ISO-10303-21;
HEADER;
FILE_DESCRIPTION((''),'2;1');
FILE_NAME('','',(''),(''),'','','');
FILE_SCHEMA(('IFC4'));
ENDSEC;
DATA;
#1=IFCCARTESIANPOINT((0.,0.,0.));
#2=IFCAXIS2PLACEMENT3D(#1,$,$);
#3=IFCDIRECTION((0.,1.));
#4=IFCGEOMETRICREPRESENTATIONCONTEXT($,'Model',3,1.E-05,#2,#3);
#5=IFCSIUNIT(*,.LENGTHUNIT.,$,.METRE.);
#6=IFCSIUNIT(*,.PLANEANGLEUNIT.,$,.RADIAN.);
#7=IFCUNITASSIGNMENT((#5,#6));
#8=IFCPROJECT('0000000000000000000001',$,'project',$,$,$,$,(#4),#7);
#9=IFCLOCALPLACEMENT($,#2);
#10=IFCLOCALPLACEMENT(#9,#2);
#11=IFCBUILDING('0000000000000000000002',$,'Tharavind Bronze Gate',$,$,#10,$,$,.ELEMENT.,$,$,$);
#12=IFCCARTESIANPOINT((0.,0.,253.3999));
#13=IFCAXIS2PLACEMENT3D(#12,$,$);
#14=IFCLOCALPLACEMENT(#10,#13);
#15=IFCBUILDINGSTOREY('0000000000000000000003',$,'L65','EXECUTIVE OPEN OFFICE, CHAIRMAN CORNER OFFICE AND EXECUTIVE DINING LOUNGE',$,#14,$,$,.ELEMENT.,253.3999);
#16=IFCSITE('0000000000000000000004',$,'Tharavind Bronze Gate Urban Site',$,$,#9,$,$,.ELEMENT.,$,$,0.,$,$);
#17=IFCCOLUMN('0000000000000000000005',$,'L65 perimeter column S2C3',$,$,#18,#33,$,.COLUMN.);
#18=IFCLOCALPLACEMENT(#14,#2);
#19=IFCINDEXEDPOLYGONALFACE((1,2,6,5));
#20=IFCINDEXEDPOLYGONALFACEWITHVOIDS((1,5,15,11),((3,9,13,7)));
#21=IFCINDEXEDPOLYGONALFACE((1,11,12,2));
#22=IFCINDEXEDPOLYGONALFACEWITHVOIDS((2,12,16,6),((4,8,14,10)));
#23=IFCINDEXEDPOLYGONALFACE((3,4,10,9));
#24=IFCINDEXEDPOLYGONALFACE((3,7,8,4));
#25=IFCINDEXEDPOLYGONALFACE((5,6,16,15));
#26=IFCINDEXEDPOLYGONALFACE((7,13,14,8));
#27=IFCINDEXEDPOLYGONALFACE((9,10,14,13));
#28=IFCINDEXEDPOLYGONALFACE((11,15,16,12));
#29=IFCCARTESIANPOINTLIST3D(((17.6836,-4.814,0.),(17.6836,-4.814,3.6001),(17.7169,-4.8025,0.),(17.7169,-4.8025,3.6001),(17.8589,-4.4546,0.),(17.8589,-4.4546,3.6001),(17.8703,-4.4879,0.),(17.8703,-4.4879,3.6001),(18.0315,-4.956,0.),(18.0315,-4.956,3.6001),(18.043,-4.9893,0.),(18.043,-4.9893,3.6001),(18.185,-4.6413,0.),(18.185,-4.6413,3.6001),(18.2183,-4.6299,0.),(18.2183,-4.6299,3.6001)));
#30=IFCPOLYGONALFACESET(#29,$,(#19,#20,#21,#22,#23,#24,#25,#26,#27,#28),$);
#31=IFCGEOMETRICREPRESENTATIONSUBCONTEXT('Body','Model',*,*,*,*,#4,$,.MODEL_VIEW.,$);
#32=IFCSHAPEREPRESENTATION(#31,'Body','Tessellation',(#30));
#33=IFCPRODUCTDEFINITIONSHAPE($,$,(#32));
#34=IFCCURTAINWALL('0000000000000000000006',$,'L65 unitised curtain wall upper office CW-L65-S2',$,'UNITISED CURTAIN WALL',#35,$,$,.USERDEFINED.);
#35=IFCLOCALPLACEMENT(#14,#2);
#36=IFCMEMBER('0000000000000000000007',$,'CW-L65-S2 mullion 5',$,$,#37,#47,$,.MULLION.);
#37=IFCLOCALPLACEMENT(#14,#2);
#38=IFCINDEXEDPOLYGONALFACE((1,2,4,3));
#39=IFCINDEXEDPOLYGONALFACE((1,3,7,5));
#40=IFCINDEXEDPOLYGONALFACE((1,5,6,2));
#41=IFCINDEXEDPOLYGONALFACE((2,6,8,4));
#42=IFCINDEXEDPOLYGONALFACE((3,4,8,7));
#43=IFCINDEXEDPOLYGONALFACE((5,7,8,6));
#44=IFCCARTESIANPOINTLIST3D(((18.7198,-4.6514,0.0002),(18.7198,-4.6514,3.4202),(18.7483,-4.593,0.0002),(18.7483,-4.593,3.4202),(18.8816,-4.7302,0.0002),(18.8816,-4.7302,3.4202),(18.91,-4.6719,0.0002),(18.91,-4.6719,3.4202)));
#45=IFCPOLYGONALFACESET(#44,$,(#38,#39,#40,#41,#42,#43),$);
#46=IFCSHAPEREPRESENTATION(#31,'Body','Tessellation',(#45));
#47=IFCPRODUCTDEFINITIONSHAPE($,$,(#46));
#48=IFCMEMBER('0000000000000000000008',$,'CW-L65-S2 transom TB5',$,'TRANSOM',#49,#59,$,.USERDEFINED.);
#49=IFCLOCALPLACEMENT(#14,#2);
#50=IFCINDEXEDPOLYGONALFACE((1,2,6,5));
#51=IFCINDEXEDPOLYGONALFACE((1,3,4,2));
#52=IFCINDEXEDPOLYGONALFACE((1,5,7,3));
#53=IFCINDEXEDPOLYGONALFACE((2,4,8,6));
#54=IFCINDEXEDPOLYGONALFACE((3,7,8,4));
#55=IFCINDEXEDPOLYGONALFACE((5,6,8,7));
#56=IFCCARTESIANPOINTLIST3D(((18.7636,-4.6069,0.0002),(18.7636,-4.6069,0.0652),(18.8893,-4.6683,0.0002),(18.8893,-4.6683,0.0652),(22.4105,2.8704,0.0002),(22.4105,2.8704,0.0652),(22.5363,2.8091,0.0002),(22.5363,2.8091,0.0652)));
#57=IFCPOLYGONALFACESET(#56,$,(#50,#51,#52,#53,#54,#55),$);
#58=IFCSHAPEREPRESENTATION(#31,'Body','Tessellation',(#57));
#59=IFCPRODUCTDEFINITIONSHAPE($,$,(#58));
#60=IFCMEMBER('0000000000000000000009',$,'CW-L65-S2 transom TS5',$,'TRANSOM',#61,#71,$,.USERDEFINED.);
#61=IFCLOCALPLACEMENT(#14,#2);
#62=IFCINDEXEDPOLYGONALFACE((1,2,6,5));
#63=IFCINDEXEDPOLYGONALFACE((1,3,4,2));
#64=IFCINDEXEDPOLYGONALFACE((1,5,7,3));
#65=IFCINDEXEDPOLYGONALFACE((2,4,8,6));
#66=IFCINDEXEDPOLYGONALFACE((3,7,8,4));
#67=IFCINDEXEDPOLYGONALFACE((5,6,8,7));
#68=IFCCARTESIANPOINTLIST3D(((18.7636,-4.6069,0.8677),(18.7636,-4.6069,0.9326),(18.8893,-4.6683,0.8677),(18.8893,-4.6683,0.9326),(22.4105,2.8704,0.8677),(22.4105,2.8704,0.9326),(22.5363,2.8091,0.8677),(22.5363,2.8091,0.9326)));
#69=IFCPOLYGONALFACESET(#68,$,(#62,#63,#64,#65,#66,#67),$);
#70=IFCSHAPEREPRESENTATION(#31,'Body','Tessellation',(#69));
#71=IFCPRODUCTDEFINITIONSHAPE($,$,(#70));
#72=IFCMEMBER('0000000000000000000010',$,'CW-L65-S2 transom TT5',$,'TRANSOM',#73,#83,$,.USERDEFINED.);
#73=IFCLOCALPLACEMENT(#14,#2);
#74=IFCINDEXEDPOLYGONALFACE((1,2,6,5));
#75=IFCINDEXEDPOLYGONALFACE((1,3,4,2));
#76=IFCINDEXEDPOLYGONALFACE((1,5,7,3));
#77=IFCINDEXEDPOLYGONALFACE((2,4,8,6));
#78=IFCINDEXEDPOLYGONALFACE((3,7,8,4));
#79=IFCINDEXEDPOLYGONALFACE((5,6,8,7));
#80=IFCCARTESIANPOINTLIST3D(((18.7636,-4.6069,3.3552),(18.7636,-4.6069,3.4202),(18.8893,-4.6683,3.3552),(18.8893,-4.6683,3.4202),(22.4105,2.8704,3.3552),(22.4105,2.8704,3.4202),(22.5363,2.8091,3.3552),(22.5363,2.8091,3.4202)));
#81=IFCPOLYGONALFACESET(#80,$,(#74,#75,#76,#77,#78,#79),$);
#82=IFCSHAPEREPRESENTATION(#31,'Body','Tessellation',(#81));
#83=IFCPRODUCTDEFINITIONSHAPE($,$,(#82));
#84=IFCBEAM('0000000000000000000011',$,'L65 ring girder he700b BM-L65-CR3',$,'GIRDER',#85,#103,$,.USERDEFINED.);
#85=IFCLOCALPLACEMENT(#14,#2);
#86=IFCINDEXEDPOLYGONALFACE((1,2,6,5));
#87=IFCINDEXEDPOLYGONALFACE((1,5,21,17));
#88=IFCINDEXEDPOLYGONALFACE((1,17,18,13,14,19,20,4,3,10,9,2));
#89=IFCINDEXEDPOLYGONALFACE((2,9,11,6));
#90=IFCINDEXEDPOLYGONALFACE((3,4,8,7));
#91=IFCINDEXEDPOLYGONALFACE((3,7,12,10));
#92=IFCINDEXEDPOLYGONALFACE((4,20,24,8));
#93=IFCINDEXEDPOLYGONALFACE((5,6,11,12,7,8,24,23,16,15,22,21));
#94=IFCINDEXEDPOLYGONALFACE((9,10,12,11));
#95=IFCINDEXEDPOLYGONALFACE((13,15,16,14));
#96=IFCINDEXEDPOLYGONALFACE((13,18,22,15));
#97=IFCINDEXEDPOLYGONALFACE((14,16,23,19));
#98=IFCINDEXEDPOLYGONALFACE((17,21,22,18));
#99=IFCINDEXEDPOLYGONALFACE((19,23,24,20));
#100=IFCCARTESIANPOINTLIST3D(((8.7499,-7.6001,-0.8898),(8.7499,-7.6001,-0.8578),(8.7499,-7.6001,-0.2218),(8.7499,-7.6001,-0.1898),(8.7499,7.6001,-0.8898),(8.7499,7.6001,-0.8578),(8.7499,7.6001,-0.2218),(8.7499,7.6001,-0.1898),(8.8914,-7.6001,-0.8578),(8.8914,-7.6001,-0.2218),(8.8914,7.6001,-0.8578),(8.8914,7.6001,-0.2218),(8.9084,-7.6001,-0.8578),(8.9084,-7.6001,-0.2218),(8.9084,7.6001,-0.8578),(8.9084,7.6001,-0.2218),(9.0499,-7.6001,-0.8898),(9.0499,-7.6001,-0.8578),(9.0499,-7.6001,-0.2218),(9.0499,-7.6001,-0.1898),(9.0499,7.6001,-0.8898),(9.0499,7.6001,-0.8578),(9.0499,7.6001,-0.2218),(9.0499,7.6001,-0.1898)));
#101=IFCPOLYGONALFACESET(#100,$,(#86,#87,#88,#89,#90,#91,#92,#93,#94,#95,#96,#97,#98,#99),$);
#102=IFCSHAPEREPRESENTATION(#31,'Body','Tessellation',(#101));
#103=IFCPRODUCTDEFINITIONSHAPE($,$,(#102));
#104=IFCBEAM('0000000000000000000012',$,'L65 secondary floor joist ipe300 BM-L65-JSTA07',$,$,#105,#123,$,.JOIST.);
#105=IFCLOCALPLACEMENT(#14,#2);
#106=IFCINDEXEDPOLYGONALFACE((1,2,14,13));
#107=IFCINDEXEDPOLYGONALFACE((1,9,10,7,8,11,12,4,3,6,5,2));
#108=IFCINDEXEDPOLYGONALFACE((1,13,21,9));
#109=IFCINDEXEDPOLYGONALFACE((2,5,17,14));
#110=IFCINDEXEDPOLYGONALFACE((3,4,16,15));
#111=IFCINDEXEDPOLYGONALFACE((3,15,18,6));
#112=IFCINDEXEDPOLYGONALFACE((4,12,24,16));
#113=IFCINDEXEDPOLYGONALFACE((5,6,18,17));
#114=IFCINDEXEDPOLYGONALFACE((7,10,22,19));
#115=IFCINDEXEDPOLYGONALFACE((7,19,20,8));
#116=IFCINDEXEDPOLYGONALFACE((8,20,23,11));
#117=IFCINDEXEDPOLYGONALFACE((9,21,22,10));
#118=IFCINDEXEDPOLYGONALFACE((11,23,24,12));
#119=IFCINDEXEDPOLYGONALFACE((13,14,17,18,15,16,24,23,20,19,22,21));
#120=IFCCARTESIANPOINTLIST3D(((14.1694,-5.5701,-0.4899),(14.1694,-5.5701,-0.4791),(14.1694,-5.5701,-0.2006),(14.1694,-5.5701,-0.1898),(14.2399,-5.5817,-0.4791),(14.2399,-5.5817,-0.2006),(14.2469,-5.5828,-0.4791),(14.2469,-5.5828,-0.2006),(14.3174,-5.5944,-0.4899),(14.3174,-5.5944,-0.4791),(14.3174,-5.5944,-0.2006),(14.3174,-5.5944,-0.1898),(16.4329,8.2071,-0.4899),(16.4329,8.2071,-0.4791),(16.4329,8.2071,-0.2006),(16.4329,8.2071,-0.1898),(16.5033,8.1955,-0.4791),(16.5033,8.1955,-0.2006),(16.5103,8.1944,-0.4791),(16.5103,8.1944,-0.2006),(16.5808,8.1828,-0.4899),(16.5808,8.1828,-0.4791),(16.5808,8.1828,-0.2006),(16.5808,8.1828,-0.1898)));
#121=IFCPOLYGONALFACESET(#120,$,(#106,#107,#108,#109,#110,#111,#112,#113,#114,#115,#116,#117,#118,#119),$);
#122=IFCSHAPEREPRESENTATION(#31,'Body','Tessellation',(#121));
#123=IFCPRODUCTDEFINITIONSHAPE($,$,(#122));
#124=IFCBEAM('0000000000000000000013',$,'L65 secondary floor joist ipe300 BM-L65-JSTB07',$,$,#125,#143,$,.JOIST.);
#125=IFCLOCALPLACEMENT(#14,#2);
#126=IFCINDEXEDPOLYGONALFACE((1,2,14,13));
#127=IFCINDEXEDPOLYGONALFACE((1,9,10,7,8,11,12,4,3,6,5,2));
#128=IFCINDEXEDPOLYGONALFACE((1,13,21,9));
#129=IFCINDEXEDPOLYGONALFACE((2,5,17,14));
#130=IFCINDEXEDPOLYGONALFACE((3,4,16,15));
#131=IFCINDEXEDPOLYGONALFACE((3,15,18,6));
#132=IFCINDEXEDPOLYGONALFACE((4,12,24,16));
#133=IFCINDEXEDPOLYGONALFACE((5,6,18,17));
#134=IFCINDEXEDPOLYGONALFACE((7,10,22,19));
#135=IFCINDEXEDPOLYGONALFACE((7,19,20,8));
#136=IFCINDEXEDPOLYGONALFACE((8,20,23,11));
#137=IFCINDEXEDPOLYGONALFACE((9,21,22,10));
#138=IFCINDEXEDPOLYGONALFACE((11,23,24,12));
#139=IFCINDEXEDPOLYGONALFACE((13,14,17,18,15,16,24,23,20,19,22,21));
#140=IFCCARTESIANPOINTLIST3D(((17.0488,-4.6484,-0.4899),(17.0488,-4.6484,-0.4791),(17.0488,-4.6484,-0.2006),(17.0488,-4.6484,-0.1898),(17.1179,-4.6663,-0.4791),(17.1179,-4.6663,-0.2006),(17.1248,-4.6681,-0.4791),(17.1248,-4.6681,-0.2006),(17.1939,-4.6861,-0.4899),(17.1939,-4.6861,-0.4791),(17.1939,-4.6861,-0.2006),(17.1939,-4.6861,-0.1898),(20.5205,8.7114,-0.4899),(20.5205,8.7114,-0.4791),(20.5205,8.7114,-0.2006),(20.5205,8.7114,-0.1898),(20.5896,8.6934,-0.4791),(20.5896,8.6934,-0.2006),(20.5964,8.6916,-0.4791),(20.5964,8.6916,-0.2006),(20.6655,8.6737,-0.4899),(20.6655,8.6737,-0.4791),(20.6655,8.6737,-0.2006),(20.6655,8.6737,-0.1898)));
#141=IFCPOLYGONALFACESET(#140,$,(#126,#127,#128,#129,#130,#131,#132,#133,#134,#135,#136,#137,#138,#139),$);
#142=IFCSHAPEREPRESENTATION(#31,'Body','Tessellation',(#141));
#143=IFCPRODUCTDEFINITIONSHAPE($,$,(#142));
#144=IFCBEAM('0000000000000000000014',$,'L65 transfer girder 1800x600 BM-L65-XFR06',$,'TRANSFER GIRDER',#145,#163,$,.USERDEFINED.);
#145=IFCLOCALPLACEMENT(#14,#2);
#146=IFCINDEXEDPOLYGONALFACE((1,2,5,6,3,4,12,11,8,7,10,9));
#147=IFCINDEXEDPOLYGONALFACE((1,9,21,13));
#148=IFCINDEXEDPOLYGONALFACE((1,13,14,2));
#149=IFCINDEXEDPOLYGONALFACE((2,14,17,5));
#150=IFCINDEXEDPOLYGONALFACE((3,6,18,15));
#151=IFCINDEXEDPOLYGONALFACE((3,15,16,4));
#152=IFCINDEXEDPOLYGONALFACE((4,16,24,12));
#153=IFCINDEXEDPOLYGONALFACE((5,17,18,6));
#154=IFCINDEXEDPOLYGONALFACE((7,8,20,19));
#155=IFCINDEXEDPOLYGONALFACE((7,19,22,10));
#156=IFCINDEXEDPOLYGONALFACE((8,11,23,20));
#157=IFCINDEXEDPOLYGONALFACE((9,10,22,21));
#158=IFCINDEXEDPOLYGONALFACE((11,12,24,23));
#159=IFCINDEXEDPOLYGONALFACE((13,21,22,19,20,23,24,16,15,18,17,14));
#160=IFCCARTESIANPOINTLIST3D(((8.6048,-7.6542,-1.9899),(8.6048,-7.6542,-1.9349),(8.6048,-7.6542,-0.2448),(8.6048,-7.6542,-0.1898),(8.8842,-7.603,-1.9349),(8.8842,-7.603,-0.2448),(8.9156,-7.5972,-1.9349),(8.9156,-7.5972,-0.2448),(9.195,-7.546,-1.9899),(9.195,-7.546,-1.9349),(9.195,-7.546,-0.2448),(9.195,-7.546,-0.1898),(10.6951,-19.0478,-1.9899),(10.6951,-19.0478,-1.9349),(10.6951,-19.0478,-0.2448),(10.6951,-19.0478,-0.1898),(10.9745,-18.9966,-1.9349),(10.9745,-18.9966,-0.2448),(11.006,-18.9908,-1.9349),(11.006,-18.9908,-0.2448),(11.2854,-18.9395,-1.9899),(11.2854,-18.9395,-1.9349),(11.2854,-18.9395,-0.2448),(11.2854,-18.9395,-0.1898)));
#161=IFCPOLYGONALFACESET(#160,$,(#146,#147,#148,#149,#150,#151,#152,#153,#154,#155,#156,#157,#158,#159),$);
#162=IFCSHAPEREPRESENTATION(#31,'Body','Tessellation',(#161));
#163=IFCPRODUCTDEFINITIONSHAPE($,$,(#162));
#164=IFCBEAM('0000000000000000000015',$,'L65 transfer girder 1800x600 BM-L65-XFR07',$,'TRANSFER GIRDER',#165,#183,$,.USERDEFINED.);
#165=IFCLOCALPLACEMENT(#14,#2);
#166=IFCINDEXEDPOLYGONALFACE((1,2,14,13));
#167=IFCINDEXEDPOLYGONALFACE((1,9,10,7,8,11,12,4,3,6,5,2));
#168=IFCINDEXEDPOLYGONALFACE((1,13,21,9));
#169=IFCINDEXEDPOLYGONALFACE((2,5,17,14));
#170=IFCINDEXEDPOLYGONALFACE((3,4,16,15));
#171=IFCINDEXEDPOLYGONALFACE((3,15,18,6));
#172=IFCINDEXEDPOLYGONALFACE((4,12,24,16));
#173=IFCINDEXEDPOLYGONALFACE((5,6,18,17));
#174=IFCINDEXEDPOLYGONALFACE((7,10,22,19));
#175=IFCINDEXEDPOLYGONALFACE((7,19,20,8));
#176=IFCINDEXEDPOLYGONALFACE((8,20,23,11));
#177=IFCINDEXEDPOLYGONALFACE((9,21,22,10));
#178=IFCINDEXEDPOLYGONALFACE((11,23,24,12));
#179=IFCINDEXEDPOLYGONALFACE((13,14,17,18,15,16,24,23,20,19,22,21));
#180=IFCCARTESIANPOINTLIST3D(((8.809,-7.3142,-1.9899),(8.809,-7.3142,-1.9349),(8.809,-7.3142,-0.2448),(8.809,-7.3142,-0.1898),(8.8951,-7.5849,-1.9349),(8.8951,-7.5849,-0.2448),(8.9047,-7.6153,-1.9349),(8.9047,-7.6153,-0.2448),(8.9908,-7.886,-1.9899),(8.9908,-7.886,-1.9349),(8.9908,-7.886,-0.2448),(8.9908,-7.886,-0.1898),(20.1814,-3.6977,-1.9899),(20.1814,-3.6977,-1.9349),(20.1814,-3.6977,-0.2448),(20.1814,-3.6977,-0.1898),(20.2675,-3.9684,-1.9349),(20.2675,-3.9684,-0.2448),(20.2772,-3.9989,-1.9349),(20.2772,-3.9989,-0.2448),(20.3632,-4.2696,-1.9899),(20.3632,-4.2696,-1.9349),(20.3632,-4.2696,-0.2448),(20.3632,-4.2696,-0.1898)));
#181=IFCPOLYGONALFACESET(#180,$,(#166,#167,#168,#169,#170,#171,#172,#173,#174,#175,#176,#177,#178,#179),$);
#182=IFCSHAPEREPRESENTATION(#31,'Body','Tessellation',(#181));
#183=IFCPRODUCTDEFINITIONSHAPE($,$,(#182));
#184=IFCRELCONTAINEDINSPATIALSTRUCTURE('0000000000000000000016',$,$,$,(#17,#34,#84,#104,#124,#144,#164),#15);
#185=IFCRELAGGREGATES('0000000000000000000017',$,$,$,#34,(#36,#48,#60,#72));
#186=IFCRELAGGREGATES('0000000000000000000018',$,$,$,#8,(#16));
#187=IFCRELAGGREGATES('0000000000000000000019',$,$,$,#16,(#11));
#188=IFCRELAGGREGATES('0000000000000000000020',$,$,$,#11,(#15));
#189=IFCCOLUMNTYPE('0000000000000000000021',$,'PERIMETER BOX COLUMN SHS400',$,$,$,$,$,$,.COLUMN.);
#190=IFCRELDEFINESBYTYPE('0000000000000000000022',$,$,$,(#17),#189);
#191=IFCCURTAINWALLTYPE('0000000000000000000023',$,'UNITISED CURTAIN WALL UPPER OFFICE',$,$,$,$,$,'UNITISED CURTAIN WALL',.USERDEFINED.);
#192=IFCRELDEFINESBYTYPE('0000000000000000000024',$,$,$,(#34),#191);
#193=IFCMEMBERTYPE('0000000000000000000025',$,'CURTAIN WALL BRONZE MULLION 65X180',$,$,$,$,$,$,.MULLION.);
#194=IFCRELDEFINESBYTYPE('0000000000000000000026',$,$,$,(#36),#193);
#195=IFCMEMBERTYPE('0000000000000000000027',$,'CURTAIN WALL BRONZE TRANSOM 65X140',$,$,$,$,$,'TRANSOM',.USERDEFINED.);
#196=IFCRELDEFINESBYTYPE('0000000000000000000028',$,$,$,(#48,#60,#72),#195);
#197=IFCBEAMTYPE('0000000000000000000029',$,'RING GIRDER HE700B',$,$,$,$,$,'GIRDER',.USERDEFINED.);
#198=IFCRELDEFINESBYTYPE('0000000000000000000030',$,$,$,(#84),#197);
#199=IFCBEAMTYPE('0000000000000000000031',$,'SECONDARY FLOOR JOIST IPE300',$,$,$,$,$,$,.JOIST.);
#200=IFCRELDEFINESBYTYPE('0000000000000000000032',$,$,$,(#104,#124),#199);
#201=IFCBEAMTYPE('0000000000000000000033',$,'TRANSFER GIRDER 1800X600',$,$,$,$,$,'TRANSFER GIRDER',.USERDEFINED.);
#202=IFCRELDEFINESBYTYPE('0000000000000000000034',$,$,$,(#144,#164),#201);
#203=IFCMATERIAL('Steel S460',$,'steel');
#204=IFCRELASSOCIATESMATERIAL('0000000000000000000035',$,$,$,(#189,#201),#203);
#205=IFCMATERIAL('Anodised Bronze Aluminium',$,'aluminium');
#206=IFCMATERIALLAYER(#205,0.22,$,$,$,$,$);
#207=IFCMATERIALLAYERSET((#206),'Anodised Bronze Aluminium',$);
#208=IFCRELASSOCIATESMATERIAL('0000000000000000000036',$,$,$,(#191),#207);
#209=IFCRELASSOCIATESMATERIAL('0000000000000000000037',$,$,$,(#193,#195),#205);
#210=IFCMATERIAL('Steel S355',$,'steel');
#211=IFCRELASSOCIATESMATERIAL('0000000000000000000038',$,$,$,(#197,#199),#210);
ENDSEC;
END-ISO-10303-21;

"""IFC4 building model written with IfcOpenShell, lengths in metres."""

from ifc_helpers import new_model, si_unit, direction, frame, origin, origin_2d, place, context, subcontext, project, spatial, rectangle, hollow_rectangle, i_section, extrude, material, layer, layer_set, material_profile, profile_set, type_object, element, aggregate, save


model = new_model("IFC4")

# Units and contexts
model_context = context("Model", 3, precision=1e-05, world=origin(), true_north=direction((0.0, 1.0)))
body_context = subcontext(model_context, "Body", "Model", "MODEL_VIEW")
ifc_project = project(units=[si_unit("LENGTHUNIT", "METRE"), si_unit("PLANEANGLEUNIT", "RADIAN")], contexts=[model_context])

# Site, building, storey
site_placement = place(None, origin())
site = spatial("IfcSite", under=ifc_project, at=site_placement, Name="Tharavind Bronze Gate Urban Site", CompositionType="ELEMENT", RefElevation=0.0)
building_placement = place(site_placement, origin())
building = spatial("IfcBuilding", under=site, at=building_placement, Name="Tharavind Bronze Gate", CompositionType="ELEMENT")
storey_placement = place(building_placement, frame((0.0, 0.0, 253.3999)))
storey = spatial("IfcBuildingStorey", under=building, at=storey_placement, Name="L65", Description="EXECUTIVE OPEN OFFICE, CHAIRMAN CORNER OFFICE AND EXECUTIVE DINING LOUNGE", CompositionType="ELEMENT", Elevation=253.3999)

# Column
ifc_material_1 = material(Name="Steel S460", Category="steel")
ifc_material_profile_1 = material_profile(ifc_material_1, hollow_rectangle(XDim=0.3999, YDim=0.3999, WallThickness=0.0249, at=origin_2d()), Name="SHS400X25")
ifc_profile_set_1 = profile_set([ifc_material_profile_1], Name="Steel S460")
column_type = type_object("IfcColumnType", Name="PERIMETER BOX COLUMN SHS400", PredefinedType="COLUMN", material=ifc_profile_set_1)
column_placement = place(storey_placement, frame((17.9509, -4.7219, 0.0), z_axis=(0.0, 0.0, 1.0), x_axis=(0.438373, 0.898793, 0.0)))
element("IfcColumn", 1, at=column_placement, inside=storey, type_object=column_type, Name="L65 perimeter column S2C3", PredefinedType="COLUMN", context=body_context, shape_type="SweptSolid", body=[
    extrude(hollow_rectangle(XDim=0.3999, YDim=0.3999, WallThickness=0.0249, at=origin_2d()), origin(), (0.0, 0.0, 1.0), 3.6001),
])

# Curtain wall, members
ifc_material_2 = material(Name="Anodised Bronze Aluminium", Category="aluminium")
ifc_layer_1 = layer(ifc_material_2, 0.22)
ifc_layer_set_1 = layer_set([ifc_layer_1], Name="Anodised Bronze Aluminium")
curtain_wall_type = type_object("IfcCurtainWallType", Name="UNITISED CURTAIN WALL UPPER OFFICE", ElementType="UNITISED CURTAIN WALL", PredefinedType="USERDEFINED", material=ifc_layer_set_1)
curtain_wall_placement = place(storey_placement, origin())
curtain_wall = element("IfcCurtainWall", 2, at=curtain_wall_placement, inside=storey, type_object=curtain_wall_type, Name="L65 unitised curtain wall upper office CW-L65-S2", ObjectType="UNITISED CURTAIN WALL", PredefinedType="USERDEFINED")
member_type_1 = type_object("IfcMemberType", Name="CURTAIN WALL BRONZE MULLION 65X180", PredefinedType="MULLION", material=ifc_material_2)
member_1_placement = place(storey_placement, frame((18.8149, -4.6616, 0.0002), z_axis=(0.0, 0.0, 1.0), x_axis=(0.438373, 0.898793, 0.0)))
member_1 = element("IfcMember", 3, at=member_1_placement, type_object=member_type_1, Name="CW-L65-S2 mullion 5", PredefinedType="MULLION", context=body_context, shape_type="SweptSolid", body=[
    extrude(rectangle(XDim=0.0649, YDim=0.1799, at=origin_2d()), origin(), (0.0, 0.0, 1.0), 3.4199),
])
member_type_2 = type_object("IfcMemberType", Name="CURTAIN WALL BRONZE TRANSOM 65X140", ElementType="TRANSOM", PredefinedType="USERDEFINED", material=ifc_material_2)
member_2_placement = place(storey_placement, frame((20.6499, -0.8989, 0.0002), z_axis=(0.0, 0.0, 1.0), x_axis=(0.438373, 0.898793, 0.0)))
member_2 = element("IfcMember", 4, at=member_2_placement, type_object=member_type_2, Name="CW-L65-S2 transom TB5", ObjectType="TRANSOM", PredefinedType="USERDEFINED", context=body_context, shape_type="SweptSolid", body=[
    extrude(rectangle(XDim=8.3193, YDim=0.1399, at=origin_2d()), origin(), (0.0, 0.0, 1.0), 0.0649),
])
member_3_placement = place(storey_placement, frame((20.6499, -0.8989, 0.8677), z_axis=(0.0, 0.0, 1.0), x_axis=(0.438373, 0.898793, 0.0)))
member_3 = element("IfcMember", 5, at=member_3_placement, type_object=member_type_2, Name="CW-L65-S2 transom TS5", ObjectType="TRANSOM", PredefinedType="USERDEFINED", context=body_context, shape_type="SweptSolid", body=[
    extrude(rectangle(XDim=8.3193, YDim=0.1399, at=origin_2d()), origin(), (0.0, 0.0, 1.0), 0.0649),
])
member_4_placement = place(storey_placement, frame((20.6499, -0.8989, 3.3552), z_axis=(0.0, 0.0, 1.0), x_axis=(0.438373, 0.898793, 0.0)))
member_4 = element("IfcMember", 6, at=member_4_placement, type_object=member_type_2, Name="CW-L65-S2 transom TT5", ObjectType="TRANSOM", PredefinedType="USERDEFINED", context=body_context, shape_type="SweptSolid", body=[
    extrude(rectangle(XDim=8.3193, YDim=0.1399, at=origin_2d()), origin(), (0.0, 0.0, 1.0), 0.0649),
])

# Beams
ifc_material_3 = material(Name="Steel S355", Category="steel")
ifc_material_profile_2 = material_profile(ifc_material_3, i_section(OverallWidth=0.3, OverallDepth=0.7, WebThickness=0.0171, FlangeThickness=0.032, at=origin_2d()), Name="HE700B")
ifc_profile_set_2 = profile_set([ifc_material_profile_2], Name="Steel S355")
beam_type_1 = type_object("IfcBeamType", Name="RING GIRDER HE700B", ElementType="GIRDER", PredefinedType="USERDEFINED", material=ifc_profile_set_2)
beam_1_placement = place(storey_placement, frame((8.8999, -7.6001, -0.5398), z_axis=(0.0, 1.0, 0.0), x_axis=(-1.0, 0.0, 0.0)))
element("IfcBeam", 7, at=beam_1_placement, inside=storey, type_object=beam_type_1, Name="L65 ring girder he700b BM-L65-CR3", ObjectType="GIRDER", PredefinedType="USERDEFINED", context=body_context, shape_type="SweptSolid", body=[
    extrude(i_section(OverallWidth=0.3, OverallDepth=0.7, WebThickness=0.0171, FlangeThickness=0.032, at=origin_2d()), origin(), (0.0, 0.0, 1.0), 15.2002),
])
ifc_material_profile_3 = material_profile(ifc_material_3, i_section(OverallWidth=0.1499, OverallDepth=0.3, WebThickness=0.0071, FlangeThickness=0.0107, at=origin_2d()), Name="IPE300")
ifc_profile_set_3 = profile_set([ifc_material_profile_3], Name="Steel S355")
beam_type_2 = type_object("IfcBeamType", Name="SECONDARY FLOOR JOIST IPE300", PredefinedType="JOIST", material=ifc_profile_set_3)
beam_2_placement = place(storey_placement, frame((14.2434, -5.5823, -0.3398), z_axis=(0.162113, 0.986772, 0.0), x_axis=(-0.986772, 0.162113, 0.0)))
element("IfcBeam", 8, at=beam_2_placement, inside=storey, type_object=beam_type_2, Name="L65 secondary floor joist ipe300 BM-L65-JSTA07", PredefinedType="JOIST", context=body_context, shape_type="SweptSolid", body=[
    extrude(i_section(OverallWidth=0.1499, OverallDepth=0.3, WebThickness=0.0071, FlangeThickness=0.0107, at=origin_2d()), origin(), (0.0, 0.0, 1.0), 13.9619),
])
beam_3_placement = place(storey_placement, frame((17.1213, -4.6672, -0.3398), z_axis=(0.251506, 0.967856, 0.0), x_axis=(-0.967856, 0.251506, 0.0)))
element("IfcBeam", 9, at=beam_3_placement, inside=storey, type_object=beam_type_2, Name="L65 secondary floor joist ipe300 BM-L65-JSTB07", PredefinedType="JOIST", context=body_context, shape_type="SweptSolid", body=[
    extrude(i_section(OverallWidth=0.1499, OverallDepth=0.3, WebThickness=0.0071, FlangeThickness=0.0107, at=origin_2d()), origin(), (0.0, 0.0, 1.0), 13.8035),
])
ifc_material_profile_4 = material_profile(ifc_material_1, i_section(OverallWidth=0.6001, OverallDepth=1.8, WebThickness=0.032, FlangeThickness=0.0549, at=origin_2d()), Name="PG1800X600")
ifc_profile_set_4 = profile_set([ifc_material_profile_4], Name="Steel S460")
beam_type_3 = type_object("IfcBeamType", Name="TRANSFER GIRDER 1800X600", ElementType="TRANSFER GIRDER", PredefinedType="USERDEFINED", material=ifc_profile_set_4)
beam_4_placement = place(storey_placement, frame((8.8999, -7.6001, -1.0898), z_axis=(0.180454, -0.983583, 0.0), x_axis=(0.983583, 0.180454, 0.0)))
element("IfcBeam", 10, at=beam_4_placement, inside=storey, type_object=beam_type_3, Name="L65 transfer girder 1800x600 BM-L65-XFR06", ObjectType="TRANSFER GIRDER", PredefinedType="USERDEFINED", context=body_context, shape_type="SweptSolid", body=[
    extrude(i_section(OverallWidth=0.6001, OverallDepth=1.8, WebThickness=0.032, FlangeThickness=0.0549, at=origin_2d()), origin(), (0.0, 0.0, 1.0), 11.5837),
])
beam_5_placement = place(storey_placement, frame((8.8999, -7.6001, -1.0898), z_axis=(0.952974, 0.303051, 0.0), x_axis=(-0.303051, 0.952974, 0.0)))
element("IfcBeam", 11, at=beam_5_placement, inside=storey, type_object=beam_type_3, Name="L65 transfer girder 1800x600 BM-L65-XFR07", ObjectType="TRANSFER GIRDER", PredefinedType="USERDEFINED", context=body_context, shape_type="SweptSolid", body=[
    extrude(i_section(OverallWidth=0.6001, OverallDepth=1.8, WebThickness=0.032, FlangeThickness=0.0549, at=origin_2d()), origin(), (0.0, 0.0, 1.0), 11.9336),
])

aggregate(curtain_wall, [member_1, member_2, member_3, member_4])

save(model, "model.ifc")
